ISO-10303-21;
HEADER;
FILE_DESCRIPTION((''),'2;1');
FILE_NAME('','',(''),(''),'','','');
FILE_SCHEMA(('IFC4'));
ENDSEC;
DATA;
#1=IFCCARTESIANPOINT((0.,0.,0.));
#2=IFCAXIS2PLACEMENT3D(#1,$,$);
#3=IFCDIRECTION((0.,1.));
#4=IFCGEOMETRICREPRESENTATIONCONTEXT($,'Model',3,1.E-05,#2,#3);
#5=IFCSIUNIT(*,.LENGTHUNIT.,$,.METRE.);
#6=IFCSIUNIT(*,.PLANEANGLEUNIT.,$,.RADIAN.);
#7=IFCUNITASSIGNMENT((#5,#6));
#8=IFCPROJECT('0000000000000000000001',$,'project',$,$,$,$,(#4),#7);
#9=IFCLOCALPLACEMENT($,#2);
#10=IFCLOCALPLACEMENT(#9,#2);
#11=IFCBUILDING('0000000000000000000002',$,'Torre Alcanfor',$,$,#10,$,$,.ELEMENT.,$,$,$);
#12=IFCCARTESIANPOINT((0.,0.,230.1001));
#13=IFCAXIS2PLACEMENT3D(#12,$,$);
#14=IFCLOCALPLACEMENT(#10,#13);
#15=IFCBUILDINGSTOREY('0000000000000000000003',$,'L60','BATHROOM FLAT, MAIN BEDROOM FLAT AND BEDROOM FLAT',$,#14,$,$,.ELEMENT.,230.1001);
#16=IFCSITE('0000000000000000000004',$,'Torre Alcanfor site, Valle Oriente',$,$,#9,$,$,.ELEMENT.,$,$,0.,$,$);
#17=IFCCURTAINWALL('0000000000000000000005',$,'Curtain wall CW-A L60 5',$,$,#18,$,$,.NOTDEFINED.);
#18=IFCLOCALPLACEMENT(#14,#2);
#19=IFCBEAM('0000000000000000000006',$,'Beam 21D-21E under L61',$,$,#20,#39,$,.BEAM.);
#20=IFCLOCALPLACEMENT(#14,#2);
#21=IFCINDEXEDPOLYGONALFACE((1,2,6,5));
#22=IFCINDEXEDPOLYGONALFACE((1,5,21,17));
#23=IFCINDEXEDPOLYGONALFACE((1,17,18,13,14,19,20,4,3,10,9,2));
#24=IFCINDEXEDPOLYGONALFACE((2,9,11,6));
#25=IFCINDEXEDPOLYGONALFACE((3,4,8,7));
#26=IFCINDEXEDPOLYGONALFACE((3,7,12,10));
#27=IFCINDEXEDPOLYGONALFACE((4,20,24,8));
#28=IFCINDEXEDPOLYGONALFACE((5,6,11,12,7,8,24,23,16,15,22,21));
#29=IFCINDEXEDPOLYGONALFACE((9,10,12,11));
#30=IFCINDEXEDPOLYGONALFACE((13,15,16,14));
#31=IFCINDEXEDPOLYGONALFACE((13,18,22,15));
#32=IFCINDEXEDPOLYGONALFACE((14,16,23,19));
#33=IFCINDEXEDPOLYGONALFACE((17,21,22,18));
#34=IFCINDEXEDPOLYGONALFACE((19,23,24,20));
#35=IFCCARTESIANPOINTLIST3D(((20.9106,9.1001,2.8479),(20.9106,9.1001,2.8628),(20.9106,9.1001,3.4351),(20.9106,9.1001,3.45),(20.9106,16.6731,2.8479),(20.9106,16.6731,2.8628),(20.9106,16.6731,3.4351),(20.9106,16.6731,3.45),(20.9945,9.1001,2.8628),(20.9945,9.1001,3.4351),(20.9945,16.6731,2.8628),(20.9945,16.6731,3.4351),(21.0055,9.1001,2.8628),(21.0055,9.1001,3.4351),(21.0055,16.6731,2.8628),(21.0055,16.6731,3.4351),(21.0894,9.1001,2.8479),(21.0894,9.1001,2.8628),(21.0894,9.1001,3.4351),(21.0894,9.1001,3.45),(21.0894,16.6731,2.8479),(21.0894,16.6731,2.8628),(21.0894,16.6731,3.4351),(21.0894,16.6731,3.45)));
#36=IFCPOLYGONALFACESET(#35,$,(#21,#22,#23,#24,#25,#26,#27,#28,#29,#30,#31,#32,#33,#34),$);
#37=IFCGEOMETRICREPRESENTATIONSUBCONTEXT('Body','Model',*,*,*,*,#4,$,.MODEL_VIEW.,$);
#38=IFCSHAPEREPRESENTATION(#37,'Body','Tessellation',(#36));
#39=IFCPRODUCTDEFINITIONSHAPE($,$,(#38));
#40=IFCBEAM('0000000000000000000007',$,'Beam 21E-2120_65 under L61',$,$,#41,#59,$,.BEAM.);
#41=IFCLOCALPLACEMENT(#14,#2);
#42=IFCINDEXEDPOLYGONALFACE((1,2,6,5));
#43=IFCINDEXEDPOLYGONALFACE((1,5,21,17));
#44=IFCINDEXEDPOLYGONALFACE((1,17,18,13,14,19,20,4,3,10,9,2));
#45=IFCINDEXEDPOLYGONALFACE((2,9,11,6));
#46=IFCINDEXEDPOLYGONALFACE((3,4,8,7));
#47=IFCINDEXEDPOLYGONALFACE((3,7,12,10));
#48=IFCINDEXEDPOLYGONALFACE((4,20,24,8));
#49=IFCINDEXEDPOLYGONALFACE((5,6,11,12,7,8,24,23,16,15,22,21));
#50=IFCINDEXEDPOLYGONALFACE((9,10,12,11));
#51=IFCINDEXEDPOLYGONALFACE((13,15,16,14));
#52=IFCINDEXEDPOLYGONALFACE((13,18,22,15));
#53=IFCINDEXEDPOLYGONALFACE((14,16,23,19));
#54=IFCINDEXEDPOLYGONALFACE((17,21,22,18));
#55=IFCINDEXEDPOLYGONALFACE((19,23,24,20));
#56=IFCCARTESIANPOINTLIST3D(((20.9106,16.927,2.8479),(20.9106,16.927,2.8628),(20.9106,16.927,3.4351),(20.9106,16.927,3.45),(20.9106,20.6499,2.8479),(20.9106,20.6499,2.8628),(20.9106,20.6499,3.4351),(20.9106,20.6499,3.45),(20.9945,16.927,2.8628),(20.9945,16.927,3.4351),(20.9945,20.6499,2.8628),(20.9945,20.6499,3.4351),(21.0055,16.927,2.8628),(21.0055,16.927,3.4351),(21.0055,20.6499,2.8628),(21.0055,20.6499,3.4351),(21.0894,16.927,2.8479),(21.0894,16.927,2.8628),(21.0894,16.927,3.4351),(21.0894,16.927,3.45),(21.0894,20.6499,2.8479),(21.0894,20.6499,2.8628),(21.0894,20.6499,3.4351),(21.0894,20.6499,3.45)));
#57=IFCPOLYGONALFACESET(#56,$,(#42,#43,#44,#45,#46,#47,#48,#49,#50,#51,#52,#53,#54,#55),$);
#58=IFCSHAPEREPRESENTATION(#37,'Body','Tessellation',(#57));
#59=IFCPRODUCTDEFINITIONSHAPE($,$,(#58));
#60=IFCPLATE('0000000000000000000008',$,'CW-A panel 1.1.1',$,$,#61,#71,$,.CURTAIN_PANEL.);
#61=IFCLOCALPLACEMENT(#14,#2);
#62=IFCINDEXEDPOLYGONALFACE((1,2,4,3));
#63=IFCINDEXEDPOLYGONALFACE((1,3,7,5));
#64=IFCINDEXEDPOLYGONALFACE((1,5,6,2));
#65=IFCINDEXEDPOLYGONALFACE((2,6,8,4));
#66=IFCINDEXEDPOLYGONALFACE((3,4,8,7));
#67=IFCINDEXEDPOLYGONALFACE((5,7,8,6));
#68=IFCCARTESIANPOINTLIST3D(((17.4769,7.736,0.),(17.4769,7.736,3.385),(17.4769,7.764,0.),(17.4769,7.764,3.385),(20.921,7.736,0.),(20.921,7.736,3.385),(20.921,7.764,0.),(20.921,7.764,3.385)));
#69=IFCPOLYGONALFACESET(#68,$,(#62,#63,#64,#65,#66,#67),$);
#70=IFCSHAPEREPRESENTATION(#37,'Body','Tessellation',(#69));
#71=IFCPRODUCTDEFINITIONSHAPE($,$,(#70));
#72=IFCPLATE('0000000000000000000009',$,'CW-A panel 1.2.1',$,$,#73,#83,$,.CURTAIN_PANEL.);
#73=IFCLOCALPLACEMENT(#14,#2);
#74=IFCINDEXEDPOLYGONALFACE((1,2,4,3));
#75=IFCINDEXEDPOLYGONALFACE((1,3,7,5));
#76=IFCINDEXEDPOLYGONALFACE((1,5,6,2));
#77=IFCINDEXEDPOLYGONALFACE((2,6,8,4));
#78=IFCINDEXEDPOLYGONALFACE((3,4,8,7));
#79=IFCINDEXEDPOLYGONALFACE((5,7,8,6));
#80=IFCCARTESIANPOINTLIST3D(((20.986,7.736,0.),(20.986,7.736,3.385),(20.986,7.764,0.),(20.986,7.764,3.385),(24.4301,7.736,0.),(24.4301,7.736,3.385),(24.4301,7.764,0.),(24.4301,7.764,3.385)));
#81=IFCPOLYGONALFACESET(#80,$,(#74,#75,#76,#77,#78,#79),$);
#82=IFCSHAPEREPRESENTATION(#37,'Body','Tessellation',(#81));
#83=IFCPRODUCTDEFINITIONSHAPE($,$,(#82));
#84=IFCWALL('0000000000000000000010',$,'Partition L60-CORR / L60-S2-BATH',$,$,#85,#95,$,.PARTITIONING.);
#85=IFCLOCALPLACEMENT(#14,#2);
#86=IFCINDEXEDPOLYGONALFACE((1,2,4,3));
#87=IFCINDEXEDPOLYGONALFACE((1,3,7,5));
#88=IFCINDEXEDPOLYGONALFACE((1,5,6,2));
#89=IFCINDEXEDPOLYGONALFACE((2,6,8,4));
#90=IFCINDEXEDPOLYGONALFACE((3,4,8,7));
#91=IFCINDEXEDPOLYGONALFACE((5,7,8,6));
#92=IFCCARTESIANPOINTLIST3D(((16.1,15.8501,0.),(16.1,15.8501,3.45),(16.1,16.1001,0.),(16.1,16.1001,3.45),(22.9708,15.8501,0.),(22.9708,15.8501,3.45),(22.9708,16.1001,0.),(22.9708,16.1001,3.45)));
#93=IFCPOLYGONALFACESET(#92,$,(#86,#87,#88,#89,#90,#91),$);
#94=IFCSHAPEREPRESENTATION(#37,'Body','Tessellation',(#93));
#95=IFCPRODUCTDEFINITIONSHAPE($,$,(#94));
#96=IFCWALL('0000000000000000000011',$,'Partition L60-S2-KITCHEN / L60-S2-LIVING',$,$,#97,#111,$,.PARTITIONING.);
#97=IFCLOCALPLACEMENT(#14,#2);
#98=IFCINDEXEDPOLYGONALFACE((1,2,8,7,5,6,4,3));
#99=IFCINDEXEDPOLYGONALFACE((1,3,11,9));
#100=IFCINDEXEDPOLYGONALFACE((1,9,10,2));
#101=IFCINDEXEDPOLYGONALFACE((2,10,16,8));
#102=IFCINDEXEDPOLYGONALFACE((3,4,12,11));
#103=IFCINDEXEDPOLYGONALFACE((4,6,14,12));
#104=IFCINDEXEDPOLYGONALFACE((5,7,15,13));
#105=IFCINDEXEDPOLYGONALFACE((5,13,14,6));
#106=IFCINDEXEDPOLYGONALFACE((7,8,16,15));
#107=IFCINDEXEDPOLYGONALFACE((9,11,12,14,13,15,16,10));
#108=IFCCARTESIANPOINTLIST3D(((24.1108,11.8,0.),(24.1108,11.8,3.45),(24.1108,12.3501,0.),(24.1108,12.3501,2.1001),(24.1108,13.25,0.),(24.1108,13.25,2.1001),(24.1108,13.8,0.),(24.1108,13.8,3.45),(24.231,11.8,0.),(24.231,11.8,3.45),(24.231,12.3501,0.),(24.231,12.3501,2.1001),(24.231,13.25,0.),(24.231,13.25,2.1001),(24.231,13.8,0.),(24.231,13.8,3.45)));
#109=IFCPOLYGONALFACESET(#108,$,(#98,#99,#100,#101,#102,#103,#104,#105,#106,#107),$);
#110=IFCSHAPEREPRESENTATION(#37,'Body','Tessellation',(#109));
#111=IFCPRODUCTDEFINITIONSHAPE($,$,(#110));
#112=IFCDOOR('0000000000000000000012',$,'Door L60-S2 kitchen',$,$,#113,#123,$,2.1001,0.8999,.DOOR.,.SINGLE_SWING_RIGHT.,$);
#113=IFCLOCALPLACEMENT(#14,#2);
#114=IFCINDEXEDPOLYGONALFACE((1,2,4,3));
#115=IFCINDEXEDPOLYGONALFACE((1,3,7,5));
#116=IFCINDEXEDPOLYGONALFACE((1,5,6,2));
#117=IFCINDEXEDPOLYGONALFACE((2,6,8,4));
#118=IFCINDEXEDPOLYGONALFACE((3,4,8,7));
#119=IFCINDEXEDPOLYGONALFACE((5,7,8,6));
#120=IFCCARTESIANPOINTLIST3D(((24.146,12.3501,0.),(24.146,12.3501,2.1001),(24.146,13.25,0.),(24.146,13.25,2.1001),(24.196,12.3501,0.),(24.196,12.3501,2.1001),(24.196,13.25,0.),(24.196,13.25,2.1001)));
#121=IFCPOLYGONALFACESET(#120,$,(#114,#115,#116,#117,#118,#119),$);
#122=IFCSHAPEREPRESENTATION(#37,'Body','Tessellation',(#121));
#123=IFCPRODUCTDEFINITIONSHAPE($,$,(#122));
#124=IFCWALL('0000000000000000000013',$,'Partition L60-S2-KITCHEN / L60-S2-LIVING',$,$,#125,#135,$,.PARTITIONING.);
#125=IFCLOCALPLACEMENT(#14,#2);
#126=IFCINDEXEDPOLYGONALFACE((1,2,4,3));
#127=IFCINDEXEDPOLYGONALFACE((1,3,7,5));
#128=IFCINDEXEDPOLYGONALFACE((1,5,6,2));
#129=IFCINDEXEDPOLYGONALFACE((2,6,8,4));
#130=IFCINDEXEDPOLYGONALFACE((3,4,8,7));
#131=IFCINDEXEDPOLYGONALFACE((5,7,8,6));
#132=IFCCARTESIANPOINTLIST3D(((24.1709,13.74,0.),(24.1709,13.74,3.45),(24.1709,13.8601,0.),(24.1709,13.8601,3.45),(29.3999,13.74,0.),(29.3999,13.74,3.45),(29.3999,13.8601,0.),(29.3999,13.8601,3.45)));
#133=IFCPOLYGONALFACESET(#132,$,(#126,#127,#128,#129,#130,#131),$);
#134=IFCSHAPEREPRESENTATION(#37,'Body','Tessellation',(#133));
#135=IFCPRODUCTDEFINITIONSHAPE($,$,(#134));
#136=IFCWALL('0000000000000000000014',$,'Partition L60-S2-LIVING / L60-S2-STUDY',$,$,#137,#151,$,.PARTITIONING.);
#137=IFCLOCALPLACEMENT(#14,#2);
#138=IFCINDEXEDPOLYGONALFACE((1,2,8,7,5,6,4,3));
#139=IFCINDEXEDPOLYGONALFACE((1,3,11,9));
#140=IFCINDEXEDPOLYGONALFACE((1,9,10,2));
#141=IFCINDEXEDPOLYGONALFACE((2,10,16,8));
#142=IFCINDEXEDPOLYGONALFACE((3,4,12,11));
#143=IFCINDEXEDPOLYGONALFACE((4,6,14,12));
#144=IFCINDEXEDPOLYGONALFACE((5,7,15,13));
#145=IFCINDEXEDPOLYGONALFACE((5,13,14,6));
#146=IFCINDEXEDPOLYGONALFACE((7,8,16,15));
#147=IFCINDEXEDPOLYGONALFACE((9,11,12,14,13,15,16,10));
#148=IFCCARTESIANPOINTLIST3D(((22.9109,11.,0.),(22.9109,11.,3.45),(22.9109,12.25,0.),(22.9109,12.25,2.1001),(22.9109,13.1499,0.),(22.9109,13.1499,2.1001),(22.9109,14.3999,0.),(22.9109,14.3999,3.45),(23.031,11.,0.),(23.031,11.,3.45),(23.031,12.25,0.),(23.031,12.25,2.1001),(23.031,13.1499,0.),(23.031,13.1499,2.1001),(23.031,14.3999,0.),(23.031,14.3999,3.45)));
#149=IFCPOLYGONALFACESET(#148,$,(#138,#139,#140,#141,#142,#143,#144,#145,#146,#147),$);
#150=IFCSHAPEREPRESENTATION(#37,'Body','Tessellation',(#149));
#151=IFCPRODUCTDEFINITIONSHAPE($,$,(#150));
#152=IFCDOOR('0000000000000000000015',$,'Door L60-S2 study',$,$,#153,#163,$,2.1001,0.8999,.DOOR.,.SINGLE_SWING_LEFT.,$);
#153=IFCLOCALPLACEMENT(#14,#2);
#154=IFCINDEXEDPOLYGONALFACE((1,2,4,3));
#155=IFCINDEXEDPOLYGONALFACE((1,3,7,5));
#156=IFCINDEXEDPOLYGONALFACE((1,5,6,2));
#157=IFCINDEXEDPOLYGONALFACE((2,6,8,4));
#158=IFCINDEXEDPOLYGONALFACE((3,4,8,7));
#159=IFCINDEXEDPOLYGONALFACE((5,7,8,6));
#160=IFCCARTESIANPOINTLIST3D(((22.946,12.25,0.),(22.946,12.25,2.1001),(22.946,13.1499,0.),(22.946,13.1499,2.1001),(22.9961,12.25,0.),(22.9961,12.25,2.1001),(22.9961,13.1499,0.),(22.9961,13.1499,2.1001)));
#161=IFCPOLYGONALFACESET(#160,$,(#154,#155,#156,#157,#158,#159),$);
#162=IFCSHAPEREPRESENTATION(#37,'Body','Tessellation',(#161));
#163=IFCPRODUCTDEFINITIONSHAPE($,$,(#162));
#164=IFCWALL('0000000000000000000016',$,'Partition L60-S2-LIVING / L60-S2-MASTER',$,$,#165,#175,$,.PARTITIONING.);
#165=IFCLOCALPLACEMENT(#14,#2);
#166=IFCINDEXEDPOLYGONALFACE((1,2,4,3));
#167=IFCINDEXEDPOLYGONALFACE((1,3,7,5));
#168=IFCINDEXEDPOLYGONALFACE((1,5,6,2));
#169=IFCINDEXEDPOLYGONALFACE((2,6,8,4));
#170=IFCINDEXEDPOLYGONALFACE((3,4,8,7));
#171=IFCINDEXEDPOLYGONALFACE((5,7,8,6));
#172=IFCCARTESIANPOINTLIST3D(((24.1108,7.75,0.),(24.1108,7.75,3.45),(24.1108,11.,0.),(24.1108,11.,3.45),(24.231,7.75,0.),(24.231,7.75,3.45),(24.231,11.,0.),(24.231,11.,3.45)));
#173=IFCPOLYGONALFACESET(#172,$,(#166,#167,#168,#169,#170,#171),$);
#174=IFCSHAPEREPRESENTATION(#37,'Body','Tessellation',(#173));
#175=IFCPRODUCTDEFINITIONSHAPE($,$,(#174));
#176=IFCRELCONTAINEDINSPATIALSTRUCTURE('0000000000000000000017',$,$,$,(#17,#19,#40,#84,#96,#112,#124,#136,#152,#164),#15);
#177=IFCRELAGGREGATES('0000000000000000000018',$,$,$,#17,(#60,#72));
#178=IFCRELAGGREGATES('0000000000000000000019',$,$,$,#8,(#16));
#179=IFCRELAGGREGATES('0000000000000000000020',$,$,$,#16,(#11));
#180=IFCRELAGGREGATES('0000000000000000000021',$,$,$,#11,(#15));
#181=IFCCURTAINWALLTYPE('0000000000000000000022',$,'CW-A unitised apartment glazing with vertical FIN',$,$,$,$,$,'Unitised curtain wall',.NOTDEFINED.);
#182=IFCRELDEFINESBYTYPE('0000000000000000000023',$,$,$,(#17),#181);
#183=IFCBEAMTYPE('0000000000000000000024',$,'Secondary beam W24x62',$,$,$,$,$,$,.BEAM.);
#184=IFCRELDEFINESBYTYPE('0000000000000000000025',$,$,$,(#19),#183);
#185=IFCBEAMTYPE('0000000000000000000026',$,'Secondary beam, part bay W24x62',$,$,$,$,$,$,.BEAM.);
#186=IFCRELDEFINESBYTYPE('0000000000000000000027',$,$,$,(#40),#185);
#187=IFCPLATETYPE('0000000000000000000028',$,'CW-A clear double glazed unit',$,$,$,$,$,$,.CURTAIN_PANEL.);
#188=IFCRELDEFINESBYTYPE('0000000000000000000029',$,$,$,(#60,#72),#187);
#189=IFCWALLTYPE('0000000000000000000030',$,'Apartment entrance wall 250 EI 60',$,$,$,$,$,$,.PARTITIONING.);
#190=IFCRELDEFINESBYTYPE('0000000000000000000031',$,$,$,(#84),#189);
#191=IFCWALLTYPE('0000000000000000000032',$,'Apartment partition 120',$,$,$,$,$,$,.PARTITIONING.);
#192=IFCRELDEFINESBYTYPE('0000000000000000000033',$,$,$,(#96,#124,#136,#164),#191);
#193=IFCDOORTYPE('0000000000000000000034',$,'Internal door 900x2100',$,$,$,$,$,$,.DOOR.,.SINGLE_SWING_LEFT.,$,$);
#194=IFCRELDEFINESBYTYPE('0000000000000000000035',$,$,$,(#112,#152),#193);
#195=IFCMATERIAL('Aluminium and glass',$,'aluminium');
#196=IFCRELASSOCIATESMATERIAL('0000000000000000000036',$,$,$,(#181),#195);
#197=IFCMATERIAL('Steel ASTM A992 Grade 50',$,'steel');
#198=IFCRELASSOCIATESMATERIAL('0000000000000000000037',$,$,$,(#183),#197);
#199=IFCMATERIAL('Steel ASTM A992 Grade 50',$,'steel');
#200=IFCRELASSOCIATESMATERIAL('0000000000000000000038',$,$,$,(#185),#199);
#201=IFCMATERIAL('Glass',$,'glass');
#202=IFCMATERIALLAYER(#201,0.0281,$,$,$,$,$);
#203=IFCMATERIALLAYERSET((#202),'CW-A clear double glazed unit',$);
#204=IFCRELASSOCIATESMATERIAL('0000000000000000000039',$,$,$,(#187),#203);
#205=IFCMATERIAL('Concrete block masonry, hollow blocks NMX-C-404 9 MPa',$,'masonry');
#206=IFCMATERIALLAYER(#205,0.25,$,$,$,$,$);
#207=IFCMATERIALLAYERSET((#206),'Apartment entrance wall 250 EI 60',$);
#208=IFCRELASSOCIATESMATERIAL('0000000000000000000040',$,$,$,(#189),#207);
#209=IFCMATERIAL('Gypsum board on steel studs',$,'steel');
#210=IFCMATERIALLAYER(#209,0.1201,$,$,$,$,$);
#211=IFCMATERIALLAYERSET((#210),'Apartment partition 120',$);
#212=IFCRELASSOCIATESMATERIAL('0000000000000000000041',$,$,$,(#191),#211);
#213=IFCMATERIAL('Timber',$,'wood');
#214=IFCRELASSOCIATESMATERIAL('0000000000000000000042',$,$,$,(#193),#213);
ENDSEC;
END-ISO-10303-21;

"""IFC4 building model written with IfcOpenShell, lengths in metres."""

from ifc_helpers import new_model, si_unit, direction, frame, frame_2d, origin, origin_2d, place, context, subcontext, project, spatial, rectangle, i_section, extrude, material, layer, layer_set, material_profile, profile_set, type_object, element, fill, aggregate, save


model = new_model("IFC4")

# Units and contexts
model_context = context("Model", 3, precision=1e-05, world=origin(), true_north=direction((0.0, 1.0)))
body_context = subcontext(model_context, "Body", "Model", "MODEL_VIEW")
ifc_project = project(units=[si_unit("LENGTHUNIT", "METRE"), si_unit("PLANEANGLEUNIT", "RADIAN")], contexts=[model_context])

# Site, building, storey
site_placement = place(None, origin())
site = spatial("IfcSite", under=ifc_project, at=site_placement, Name="Torre Alcanfor site, Valle Oriente", CompositionType="ELEMENT", RefElevation=0.0)
building_placement = place(site_placement, origin())
building = spatial("IfcBuilding", under=site, at=building_placement, Name="Torre Alcanfor", CompositionType="ELEMENT")
storey_placement = place(building_placement, frame((0.0, 0.0, 230.1001)))
storey = spatial("IfcBuildingStorey", under=building, at=storey_placement, Name="L60", Description="BATHROOM FLAT, MAIN BEDROOM FLAT AND BEDROOM FLAT", CompositionType="ELEMENT", Elevation=230.1001)

# Curtain wall
ifc_material_1 = material(Name="Aluminium and glass", Category="aluminium")
curtain_wall_type = type_object("IfcCurtainWallType", Name="CW-A unitised apartment glazing with vertical FIN", ElementType="Unitised curtain wall", PredefinedType="NOTDEFINED", material=ifc_material_1)
curtain_wall_placement = place(storey_placement, origin())
curtain_wall = element("IfcCurtainWall", 1, at=curtain_wall_placement, inside=storey, type_object=curtain_wall_type, Name="Curtain wall CW-A L60 5", PredefinedType="NOTDEFINED")

# Beams
ifc_material_2 = material(Name="Steel ASTM A992 Grade 50", Category="steel")
ifc_material_profile_1 = material_profile(ifc_material_2, i_section(OverallWidth=0.1787, OverallDepth=0.6021, WebThickness=0.011, FlangeThickness=0.0149, at=origin_2d()), Name="W24x62")
ifc_profile_set_1 = profile_set([ifc_material_profile_1], Name="Steel ASTM A992 Grade 50")
beam_type_1 = type_object("IfcBeamType", Name="Secondary beam W24x62", PredefinedType="BEAM", material=ifc_profile_set_1)
beam_1_placement = place(storey_placement, frame((21.0, 9.1001, 3.1489), z_axis=(0.0, 1.0, 0.0), x_axis=(-1.0, 0.0, 0.0)))
element("IfcBeam", 2, at=beam_1_placement, inside=storey, type_object=beam_type_1, Name="Beam 21D-21E under L61", PredefinedType="BEAM", context=body_context, shape_type="SweptSolid", body=[
    extrude(i_section(OverallWidth=0.1787, OverallDepth=0.6021, WebThickness=0.011, FlangeThickness=0.0149, at=origin_2d()), origin(), (0.0, 0.0, 1.0), 7.573),
])
ifc_material_3 = material(Name="Steel ASTM A992 Grade 50", Category="steel")
ifc_material_profile_2 = material_profile(ifc_material_3, i_section(OverallWidth=0.1787, OverallDepth=0.6021, WebThickness=0.011, FlangeThickness=0.0149, at=origin_2d()), Name="W24x62")
ifc_profile_set_2 = profile_set([ifc_material_profile_2], Name="Steel ASTM A992 Grade 50")
beam_type_2 = type_object("IfcBeamType", Name="Secondary beam, part bay W24x62", PredefinedType="BEAM", material=ifc_profile_set_2)
beam_2_placement = place(storey_placement, frame((21.0, 16.927, 3.1489), z_axis=(0.0, 1.0, 0.0), x_axis=(-1.0, 0.0, 0.0)))
element("IfcBeam", 3, at=beam_2_placement, inside=storey, type_object=beam_type_2, Name="Beam 21E-2120_65 under L61", PredefinedType="BEAM", context=body_context, shape_type="SweptSolid", body=[
    extrude(i_section(OverallWidth=0.1787, OverallDepth=0.6021, WebThickness=0.011, FlangeThickness=0.0149, at=origin_2d()), origin(), (0.0, 0.0, 1.0), 3.7229),
])

# Plates
ifc_material_4 = material(Name="Glass", Category="glass")
ifc_layer_1 = layer(ifc_material_4, 0.0281)
ifc_layer_set_1 = layer_set([ifc_layer_1], Name="CW-A clear double glazed unit")
plate_type = type_object("IfcPlateType", Name="CW-A clear double glazed unit", PredefinedType="CURTAIN_PANEL", material=ifc_layer_set_1)
plate_1_placement = place(storey_placement, frame((19.199, 7.75, 0.0), z_axis=(0.0, 0.0, 1.0), x_axis=(1.0, 0.0, 0.0)))
plate_1 = element("IfcPlate", 4, at=plate_1_placement, type_object=plate_type, Name="CW-A panel 1.1.1", PredefinedType="CURTAIN_PANEL", context=body_context, shape_type="SweptSolid", body=[
    extrude(rectangle(XDim=3.4441, YDim=0.0281, at=origin_2d()), origin(), (0.0, 0.0, 1.0), 3.385),
])
plate_2_placement = place(storey_placement, frame((22.708, 7.75, 0.0), z_axis=(0.0, 0.0, 1.0), x_axis=(1.0, 0.0, 0.0)))
plate_2 = element("IfcPlate", 5, at=plate_2_placement, type_object=plate_type, Name="CW-A panel 1.2.1", PredefinedType="CURTAIN_PANEL", context=body_context, shape_type="SweptSolid", body=[
    extrude(rectangle(XDim=3.4441, YDim=0.0281, at=origin_2d()), origin(), (0.0, 0.0, 1.0), 3.385),
])
aggregate(curtain_wall, [plate_1, plate_2])

# Wall
ifc_material_5 = material(Name="Concrete block masonry, hollow blocks NMX-C-404 9 MPa", Category="masonry")
ifc_layer_2 = layer(ifc_material_5, 0.25)
ifc_layer_set_2 = layer_set([ifc_layer_2], Name="Apartment entrance wall 250 EI 60")
wall_type_1 = type_object("IfcWallType", Name="Apartment entrance wall 250 EI 60", PredefinedType="PARTITIONING", material=ifc_layer_set_2)
wall_1_placement = place(storey_placement, frame((22.9709, 15.9751, 0.0), z_axis=(0.0, 0.0, 1.0), x_axis=(-1.0, 0.0, 0.0)))
element("IfcWall", 6, at=wall_1_placement, inside=storey, type_object=wall_type_1, Name="Partition L60-CORR / L60-S2-BATH", PredefinedType="PARTITIONING", context=body_context, shape_type="SweptSolid", body=[
    extrude(rectangle(XDim=6.8708, YDim=0.25, at=frame_2d((3.4355, 0.0))), origin(), (0.0, 0.0, 1.0), 3.45),
])

# Wall, opening, door
ifc_material_6 = material(Name="Gypsum board on steel studs", Category="steel")
ifc_layer_3 = layer(ifc_material_6, 0.1201)
ifc_layer_set_3 = layer_set([ifc_layer_3], Name="Apartment partition 120")
wall_type_2 = type_object("IfcWallType", Name="Apartment partition 120", PredefinedType="PARTITIONING", material=ifc_layer_set_3)
wall_2_placement = place(storey_placement, frame((24.1709, 11.8, 0.0), z_axis=(0.0, 0.0, 1.0), x_axis=(0.0, 1.0, 0.0)))
wall_2 = element("IfcWall", 7, at=wall_2_placement, inside=storey, type_object=wall_type_2, Name="Partition L60-S2-KITCHEN / L60-S2-LIVING", PredefinedType="PARTITIONING", context=body_context, shape_type="SweptSolid", body=[
    extrude(rectangle(XDim=2.0, YDim=0.1201, at=frame_2d((1.0, 0.0))), origin(), (0.0, 0.0, 1.0), 3.45),
])
opening_1_placement = place(wall_2_placement, frame((0.55, 0.0, 0.0)))
opening_1 = element("IfcOpeningElement", 8, at=opening_1_placement, cuts=wall_2, PredefinedType="OPENING", context=body_context, shape_type="SweptSolid", body=[
    extrude(rectangle(XDim=0.8999, YDim=2.1001, at=frame_2d((0.45, 1.05))), frame((0.0, 0.0701, 0.0), z_axis=(0.0, -1.0, 0.0), x_axis=(1.0, 0.0, 0.0)), (0.0, 0.0, 1.0), 0.1401),
])
ifc_material_7 = material(Name="Timber", Category="wood")
door_type_1 = type_object("IfcDoorType", Name="Internal door 900x2100", OperationType="SINGLE_SWING_LEFT", PredefinedType="DOOR", material=ifc_material_7)
door_1_placement = place(opening_1_placement, frame((0.8999, 0.0, 0.0), z_axis=(0.0, 0.0, 1.0), x_axis=(-1.0, 0.0, 0.0)))
door_1 = element("IfcDoor", 9, at=door_1_placement, inside=storey, type_object=door_type_1, Name="Door L60-S2 kitchen", OperationType="SINGLE_SWING_RIGHT", OverallHeight=2.1001, OverallWidth=0.8999, PredefinedType="DOOR", context=body_context, shape_type="SweptSolid", body=[
    extrude(rectangle(XDim=0.8999, YDim=2.1001, at=frame_2d((0.45, 1.05))), frame((0.0, 0.0251, 0.0), z_axis=(0.0, -1.0, 0.0), x_axis=(1.0, 0.0, 0.0)), (0.0, 0.0, 1.0), 0.05),
])
fill(opening_1, door_1)

# Wall
wall_3_placement = place(storey_placement, frame((24.1709, 13.8, 0.0), z_axis=(0.0, 0.0, 1.0), x_axis=(1.0, 0.0, 0.0)))
element("IfcWall", 10, at=wall_3_placement, inside=storey, type_object=wall_type_2, Name="Partition L60-S2-KITCHEN / L60-S2-LIVING", PredefinedType="PARTITIONING", context=body_context, shape_type="SweptSolid", body=[
    extrude(rectangle(XDim=5.229, YDim=0.1201, at=frame_2d((2.6145, 0.0))), origin(), (0.0, 0.0, 1.0), 3.45),
])

# Wall, opening, door
wall_4_placement = place(storey_placement, frame((22.9709, 11.0, 0.0), z_axis=(0.0, 0.0, 1.0), x_axis=(0.0, 1.0, 0.0)))
wall_4 = element("IfcWall", 11, at=wall_4_placement, inside=storey, type_object=wall_type_2, Name="Partition L60-S2-LIVING / L60-S2-STUDY", PredefinedType="PARTITIONING", context=body_context, shape_type="SweptSolid", body=[
    extrude(rectangle(XDim=3.3999, YDim=0.1201, at=frame_2d((1.7, 0.0))), origin(), (0.0, 0.0, 1.0), 3.45),
])
opening_2_placement = place(wall_4_placement, frame((1.25, 0.0, 0.0)))
opening_2 = element("IfcOpeningElement", 12, at=opening_2_placement, cuts=wall_4, PredefinedType="OPENING", context=body_context, shape_type="SweptSolid", body=[
    extrude(rectangle(XDim=0.8999, YDim=2.1001, at=frame_2d((0.45, 1.05))), frame((0.0, 0.0701, 0.0), z_axis=(0.0, -1.0, 0.0), x_axis=(1.0, 0.0, 0.0)), (0.0, 0.0, 1.0), 0.1401),
])
door_2_placement = place(opening_2_placement, origin())
door_2 = element("IfcDoor", 13, at=door_2_placement, inside=storey, type_object=door_type_1, Name="Door L60-S2 study", OperationType="SINGLE_SWING_LEFT", OverallHeight=2.1001, OverallWidth=0.8999, PredefinedType="DOOR", context=body_context, shape_type="SweptSolid", body=[
    extrude(rectangle(XDim=0.8999, YDim=2.1001, at=frame_2d((0.45, 1.05))), frame((0.0, 0.0249, 0.0), z_axis=(0.0, -1.0, 0.0), x_axis=(1.0, 0.0, 0.0)), (0.0, 0.0, 1.0), 0.05),
])
fill(opening_2, door_2)

# Wall
wall_5_placement = place(storey_placement, frame((24.1709, 7.75, 0.0), z_axis=(0.0, 0.0, 1.0), x_axis=(0.0, 1.0, 0.0)))
element("IfcWall", 14, at=wall_5_placement, inside=storey, type_object=wall_type_2, Name="Partition L60-S2-LIVING / L60-S2-MASTER", PredefinedType="PARTITIONING", context=body_context, shape_type="SweptSolid", body=[
    extrude(rectangle(XDim=3.25, YDim=0.1201, at=frame_2d((1.625, 0.0))), origin(), (0.0, 0.0, 1.0), 3.45),
])

save(model, "model.ifc")
